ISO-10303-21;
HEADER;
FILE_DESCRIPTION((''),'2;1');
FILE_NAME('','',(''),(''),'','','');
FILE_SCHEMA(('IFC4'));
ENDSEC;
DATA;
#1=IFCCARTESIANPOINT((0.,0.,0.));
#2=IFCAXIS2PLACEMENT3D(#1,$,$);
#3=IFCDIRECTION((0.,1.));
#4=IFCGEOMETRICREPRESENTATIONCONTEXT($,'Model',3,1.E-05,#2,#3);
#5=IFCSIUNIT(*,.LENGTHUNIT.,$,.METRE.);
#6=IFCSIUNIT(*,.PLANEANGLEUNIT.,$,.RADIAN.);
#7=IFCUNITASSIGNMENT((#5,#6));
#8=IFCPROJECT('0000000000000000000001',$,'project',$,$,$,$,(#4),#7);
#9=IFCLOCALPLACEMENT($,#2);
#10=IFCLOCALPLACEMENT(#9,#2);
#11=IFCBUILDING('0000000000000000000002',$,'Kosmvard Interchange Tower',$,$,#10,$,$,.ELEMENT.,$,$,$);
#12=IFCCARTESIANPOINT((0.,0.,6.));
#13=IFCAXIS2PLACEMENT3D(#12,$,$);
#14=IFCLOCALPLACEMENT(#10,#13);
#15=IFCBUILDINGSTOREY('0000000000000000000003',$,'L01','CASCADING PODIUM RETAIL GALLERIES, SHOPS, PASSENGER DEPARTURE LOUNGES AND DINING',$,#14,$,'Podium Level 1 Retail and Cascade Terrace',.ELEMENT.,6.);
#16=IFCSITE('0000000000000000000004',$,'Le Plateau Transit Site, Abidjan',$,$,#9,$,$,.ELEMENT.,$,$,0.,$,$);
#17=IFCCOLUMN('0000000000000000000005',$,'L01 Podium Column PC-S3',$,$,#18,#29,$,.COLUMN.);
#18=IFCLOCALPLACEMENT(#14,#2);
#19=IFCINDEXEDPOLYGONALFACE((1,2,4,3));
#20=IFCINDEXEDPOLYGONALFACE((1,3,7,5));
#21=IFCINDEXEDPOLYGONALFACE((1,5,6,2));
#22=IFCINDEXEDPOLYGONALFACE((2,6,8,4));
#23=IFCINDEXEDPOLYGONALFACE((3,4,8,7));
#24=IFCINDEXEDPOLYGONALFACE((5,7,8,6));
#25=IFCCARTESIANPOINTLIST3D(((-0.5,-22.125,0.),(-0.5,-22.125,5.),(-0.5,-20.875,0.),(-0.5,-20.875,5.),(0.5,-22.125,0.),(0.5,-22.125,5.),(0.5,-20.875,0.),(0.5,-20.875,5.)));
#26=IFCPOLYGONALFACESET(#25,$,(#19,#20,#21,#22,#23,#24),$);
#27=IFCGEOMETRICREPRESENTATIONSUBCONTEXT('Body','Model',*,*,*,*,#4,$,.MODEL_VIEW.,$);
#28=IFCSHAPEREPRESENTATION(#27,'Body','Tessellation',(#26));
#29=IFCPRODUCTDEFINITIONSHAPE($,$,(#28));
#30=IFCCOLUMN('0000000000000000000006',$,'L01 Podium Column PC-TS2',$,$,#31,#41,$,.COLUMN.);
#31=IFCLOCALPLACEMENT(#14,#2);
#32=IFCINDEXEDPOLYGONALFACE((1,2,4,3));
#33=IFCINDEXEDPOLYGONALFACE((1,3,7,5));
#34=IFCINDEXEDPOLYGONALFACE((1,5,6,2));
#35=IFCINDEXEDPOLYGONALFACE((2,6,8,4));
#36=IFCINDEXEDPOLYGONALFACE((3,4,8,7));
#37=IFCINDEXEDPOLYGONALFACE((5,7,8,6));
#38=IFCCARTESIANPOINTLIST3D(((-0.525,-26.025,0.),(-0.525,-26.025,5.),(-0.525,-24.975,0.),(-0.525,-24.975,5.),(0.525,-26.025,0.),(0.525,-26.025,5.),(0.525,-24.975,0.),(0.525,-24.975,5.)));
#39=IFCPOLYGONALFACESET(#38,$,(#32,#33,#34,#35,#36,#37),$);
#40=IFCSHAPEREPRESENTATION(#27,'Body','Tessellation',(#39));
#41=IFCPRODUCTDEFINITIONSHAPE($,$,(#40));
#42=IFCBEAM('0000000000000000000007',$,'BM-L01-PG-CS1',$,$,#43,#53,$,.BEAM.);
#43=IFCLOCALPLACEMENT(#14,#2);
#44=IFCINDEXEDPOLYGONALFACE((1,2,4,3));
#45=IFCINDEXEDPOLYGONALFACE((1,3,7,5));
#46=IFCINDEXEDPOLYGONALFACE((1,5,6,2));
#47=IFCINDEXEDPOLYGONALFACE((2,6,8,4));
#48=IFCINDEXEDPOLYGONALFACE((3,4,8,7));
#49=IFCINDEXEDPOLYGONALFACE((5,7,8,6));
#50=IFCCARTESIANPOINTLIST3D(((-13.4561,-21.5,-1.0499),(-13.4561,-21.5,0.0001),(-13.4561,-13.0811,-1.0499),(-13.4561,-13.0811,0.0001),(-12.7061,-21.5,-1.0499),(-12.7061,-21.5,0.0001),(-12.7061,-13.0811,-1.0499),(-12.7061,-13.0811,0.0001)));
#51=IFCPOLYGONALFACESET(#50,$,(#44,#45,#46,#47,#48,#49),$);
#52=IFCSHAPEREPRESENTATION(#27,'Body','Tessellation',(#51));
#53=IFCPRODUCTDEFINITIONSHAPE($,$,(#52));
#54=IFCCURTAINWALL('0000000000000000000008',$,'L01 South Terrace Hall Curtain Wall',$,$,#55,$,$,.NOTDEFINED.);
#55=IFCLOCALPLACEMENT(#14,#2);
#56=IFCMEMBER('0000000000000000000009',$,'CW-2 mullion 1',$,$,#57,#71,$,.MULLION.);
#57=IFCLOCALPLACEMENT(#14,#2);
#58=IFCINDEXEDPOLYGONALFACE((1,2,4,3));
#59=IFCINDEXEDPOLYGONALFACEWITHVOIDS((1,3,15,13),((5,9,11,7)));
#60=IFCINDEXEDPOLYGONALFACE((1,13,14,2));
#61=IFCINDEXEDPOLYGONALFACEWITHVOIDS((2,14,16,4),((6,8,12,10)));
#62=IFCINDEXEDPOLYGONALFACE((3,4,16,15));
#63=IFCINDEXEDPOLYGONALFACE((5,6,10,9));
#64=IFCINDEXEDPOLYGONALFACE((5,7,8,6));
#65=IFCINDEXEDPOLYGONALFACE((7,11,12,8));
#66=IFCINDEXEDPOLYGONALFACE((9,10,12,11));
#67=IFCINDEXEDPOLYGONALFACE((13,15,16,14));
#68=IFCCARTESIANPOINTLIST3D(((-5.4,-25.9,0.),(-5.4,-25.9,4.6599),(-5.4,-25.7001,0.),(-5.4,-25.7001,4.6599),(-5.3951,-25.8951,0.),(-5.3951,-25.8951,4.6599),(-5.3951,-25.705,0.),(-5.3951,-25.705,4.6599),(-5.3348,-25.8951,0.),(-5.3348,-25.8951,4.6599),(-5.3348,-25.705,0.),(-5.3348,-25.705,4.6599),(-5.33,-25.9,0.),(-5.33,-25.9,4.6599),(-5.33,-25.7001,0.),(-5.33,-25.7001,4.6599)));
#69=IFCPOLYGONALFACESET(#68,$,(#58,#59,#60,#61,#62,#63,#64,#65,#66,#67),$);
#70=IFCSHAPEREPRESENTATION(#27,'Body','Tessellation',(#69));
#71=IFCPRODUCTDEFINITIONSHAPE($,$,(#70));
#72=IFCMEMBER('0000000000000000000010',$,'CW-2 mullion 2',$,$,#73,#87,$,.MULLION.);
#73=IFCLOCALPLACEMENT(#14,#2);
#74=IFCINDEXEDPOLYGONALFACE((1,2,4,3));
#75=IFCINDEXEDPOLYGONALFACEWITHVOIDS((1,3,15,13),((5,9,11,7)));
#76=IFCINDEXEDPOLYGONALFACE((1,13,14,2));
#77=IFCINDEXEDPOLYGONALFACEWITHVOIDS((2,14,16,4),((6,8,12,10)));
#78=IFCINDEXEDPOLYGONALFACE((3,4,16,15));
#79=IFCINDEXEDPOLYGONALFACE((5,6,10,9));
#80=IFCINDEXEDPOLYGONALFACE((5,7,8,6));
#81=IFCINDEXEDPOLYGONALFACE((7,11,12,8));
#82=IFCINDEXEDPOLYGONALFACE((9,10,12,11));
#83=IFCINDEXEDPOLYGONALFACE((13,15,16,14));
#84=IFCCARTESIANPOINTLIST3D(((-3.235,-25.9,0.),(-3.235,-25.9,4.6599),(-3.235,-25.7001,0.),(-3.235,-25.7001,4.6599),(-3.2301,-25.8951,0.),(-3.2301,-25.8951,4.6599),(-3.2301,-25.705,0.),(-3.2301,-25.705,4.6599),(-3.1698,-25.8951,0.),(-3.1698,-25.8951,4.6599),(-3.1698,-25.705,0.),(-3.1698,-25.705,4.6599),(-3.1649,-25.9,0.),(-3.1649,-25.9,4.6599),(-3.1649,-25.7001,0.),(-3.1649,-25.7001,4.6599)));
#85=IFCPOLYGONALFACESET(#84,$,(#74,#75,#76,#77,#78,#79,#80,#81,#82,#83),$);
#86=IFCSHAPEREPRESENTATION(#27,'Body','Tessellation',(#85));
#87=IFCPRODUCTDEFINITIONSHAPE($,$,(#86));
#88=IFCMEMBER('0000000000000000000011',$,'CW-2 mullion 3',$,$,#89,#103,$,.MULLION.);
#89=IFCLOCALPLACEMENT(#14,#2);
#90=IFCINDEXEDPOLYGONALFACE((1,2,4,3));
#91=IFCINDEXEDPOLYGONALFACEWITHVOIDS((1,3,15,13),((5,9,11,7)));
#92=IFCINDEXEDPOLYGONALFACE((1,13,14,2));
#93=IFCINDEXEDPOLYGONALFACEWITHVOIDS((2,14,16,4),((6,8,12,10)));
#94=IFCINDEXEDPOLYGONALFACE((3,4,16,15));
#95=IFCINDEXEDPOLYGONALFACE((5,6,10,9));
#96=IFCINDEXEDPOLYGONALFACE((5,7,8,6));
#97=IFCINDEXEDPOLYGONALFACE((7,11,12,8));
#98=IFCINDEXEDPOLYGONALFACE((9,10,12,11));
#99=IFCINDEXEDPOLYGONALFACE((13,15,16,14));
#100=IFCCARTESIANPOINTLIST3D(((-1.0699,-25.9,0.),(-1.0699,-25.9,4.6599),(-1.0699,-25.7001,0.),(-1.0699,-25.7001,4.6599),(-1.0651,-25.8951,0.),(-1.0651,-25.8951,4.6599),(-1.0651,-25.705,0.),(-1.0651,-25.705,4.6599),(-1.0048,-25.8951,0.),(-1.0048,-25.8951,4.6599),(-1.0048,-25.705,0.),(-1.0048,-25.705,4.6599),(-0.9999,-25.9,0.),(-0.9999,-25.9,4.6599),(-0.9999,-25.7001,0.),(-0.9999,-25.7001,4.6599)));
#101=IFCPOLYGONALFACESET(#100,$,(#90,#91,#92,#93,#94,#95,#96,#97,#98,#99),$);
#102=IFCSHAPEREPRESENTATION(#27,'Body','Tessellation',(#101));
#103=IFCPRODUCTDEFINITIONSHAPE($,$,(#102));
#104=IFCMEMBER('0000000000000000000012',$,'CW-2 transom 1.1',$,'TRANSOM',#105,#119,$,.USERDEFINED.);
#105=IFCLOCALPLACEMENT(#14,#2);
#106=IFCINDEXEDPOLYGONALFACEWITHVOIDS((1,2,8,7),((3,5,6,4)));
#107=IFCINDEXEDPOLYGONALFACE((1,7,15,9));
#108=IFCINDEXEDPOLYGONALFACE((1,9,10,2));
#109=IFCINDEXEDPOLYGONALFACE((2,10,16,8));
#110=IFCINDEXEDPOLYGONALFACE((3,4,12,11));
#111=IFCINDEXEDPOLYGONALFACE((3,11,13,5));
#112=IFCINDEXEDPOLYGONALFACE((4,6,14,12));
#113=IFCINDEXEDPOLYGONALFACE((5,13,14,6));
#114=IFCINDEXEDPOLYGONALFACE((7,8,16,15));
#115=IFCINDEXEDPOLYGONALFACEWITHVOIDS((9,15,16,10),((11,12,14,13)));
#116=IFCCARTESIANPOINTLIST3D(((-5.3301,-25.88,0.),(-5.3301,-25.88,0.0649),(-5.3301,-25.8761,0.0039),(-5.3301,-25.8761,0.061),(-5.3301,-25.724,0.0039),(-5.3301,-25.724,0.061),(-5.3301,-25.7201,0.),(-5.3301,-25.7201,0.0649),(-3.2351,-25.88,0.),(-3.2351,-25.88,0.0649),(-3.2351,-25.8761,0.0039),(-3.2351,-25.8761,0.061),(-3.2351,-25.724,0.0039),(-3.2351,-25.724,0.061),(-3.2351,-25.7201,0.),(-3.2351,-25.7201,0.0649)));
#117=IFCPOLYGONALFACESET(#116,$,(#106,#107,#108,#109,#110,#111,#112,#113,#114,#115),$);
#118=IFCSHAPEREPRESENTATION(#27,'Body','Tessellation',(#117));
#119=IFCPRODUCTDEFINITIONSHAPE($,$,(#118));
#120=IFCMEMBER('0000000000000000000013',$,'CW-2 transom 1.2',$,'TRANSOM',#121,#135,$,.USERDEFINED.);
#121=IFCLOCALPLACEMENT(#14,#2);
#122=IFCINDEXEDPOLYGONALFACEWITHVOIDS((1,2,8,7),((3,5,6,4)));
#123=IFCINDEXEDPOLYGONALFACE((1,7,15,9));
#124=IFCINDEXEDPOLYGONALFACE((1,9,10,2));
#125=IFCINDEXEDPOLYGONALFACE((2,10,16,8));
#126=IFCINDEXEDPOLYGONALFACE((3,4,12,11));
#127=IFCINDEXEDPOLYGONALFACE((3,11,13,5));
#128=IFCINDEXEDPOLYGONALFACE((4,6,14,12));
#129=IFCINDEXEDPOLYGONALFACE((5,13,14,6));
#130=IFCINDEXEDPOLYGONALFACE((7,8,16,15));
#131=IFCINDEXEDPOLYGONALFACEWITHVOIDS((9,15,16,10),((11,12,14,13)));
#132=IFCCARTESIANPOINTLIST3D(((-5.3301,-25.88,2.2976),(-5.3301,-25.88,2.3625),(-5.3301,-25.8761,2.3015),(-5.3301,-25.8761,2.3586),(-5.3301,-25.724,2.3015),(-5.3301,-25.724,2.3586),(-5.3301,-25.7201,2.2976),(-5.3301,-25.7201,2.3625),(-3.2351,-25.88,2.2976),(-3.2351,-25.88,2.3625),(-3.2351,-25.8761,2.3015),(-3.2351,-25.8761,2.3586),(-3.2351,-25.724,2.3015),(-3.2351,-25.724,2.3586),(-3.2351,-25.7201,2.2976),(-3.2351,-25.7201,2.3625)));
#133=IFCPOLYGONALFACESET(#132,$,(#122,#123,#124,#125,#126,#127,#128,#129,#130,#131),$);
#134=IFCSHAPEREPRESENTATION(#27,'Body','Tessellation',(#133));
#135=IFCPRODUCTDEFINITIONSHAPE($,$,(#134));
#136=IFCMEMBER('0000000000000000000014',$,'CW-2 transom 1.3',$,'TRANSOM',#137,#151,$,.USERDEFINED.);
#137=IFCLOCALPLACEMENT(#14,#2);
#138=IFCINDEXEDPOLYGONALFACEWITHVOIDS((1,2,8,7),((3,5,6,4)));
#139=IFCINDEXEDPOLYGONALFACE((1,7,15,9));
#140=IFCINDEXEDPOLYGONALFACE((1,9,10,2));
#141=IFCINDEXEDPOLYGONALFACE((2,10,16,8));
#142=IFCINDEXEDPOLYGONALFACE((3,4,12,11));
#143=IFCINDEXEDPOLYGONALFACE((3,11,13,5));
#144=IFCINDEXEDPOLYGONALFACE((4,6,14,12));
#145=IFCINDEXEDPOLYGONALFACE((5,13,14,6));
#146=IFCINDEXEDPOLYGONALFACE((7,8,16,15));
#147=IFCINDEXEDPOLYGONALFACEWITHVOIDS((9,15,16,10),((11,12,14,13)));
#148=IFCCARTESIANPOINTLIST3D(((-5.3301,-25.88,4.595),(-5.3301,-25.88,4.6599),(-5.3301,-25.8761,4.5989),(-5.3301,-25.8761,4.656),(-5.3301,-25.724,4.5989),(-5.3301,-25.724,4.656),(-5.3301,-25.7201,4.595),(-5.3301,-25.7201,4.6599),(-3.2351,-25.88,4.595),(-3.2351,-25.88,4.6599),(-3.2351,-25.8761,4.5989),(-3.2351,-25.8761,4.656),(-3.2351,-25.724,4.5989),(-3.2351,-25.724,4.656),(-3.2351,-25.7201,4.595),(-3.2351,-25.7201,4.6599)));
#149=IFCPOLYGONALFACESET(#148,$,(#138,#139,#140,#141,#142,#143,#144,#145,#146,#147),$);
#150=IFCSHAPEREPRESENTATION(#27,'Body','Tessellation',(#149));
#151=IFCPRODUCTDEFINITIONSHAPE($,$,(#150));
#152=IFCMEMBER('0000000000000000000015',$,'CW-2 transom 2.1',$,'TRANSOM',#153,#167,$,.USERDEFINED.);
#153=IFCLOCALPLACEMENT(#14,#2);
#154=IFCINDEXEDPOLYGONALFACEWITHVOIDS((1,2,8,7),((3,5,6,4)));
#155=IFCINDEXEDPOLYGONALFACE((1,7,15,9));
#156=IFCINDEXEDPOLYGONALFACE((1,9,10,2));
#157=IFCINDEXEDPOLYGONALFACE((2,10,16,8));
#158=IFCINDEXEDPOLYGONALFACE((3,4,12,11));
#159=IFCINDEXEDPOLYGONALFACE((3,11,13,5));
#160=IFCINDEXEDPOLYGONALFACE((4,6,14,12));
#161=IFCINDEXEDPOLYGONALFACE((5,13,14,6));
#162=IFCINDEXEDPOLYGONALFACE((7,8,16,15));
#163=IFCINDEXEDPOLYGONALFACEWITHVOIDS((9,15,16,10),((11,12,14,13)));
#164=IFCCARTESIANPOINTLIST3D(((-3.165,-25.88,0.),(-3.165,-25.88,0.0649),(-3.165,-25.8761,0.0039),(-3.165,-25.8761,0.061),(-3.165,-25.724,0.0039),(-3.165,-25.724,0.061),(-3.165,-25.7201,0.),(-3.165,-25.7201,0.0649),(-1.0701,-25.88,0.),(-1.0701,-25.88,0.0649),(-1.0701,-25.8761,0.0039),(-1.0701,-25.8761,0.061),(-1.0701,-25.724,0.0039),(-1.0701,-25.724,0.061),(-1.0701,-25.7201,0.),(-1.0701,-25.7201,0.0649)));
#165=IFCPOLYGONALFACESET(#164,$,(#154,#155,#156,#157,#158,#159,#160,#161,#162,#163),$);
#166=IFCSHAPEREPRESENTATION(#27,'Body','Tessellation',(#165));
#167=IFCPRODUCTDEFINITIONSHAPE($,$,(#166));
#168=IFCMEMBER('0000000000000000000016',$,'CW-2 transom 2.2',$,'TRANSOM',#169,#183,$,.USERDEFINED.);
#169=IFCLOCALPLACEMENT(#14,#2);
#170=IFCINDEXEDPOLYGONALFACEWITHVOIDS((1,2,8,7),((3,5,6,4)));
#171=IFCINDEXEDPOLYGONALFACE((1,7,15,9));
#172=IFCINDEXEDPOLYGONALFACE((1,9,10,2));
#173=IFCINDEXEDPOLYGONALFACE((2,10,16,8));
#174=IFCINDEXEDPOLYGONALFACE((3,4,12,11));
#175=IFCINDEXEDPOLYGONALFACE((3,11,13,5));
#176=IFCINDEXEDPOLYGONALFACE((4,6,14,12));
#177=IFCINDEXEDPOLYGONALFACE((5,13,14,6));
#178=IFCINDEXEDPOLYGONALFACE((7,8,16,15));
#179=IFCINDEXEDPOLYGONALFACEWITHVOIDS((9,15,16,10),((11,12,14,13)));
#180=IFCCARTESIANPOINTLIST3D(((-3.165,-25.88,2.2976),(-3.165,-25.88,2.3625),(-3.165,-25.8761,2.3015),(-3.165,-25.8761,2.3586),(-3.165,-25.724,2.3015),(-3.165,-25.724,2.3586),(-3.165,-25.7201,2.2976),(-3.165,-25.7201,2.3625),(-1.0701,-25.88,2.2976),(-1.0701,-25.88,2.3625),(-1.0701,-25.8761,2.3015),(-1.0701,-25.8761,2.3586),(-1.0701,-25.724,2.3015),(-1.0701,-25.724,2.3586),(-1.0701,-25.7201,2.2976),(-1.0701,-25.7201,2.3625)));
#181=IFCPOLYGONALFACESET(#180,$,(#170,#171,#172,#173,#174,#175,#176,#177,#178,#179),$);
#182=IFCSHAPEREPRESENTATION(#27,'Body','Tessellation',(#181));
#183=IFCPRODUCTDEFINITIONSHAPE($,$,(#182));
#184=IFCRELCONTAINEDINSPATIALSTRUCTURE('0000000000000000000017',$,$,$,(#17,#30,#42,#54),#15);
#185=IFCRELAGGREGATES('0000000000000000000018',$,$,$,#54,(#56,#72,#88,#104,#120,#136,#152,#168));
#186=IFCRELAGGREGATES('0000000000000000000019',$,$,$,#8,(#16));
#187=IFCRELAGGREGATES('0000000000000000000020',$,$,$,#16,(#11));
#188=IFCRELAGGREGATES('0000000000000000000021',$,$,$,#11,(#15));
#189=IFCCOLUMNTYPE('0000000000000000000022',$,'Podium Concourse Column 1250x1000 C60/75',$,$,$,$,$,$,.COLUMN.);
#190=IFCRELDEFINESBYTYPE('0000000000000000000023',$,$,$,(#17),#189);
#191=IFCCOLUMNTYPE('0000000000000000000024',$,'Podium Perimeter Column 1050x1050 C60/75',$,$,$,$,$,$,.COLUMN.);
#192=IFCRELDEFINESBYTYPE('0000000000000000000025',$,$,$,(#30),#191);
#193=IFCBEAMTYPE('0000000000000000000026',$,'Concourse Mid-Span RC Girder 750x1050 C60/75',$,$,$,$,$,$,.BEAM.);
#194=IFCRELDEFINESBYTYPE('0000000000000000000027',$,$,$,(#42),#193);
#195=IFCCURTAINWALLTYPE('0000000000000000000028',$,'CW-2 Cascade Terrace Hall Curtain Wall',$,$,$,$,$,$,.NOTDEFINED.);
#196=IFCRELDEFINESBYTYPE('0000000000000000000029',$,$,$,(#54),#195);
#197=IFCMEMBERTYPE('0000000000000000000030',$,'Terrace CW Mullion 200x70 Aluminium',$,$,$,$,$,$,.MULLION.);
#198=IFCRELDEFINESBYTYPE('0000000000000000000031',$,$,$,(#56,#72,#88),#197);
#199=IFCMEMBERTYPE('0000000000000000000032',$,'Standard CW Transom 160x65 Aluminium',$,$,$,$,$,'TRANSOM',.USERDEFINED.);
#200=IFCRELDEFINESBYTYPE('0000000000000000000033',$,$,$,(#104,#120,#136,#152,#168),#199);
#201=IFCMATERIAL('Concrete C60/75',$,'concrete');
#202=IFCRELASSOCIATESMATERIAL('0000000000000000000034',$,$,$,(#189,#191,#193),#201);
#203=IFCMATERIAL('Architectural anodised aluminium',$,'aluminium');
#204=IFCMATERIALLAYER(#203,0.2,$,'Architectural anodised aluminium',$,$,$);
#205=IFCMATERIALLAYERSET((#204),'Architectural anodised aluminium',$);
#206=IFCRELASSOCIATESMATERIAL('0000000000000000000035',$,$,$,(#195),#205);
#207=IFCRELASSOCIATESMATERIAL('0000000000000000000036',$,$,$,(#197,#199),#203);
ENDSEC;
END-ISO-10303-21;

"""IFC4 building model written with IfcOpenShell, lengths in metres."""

from ifc_helpers import new_model, si_unit, direction, frame, origin, origin_2d, place, context, subcontext, project, spatial, rectangle, hollow_rectangle, extrude, source, transform, mapped, material, layer, layer_set, material_profile, profile_set, type_object, element, aggregate, save


model = new_model("IFC4")

# Units and contexts
model_context = context("Model", 3, precision=1e-05, world=origin(), true_north=direction((0.0, 1.0)))
body_context = subcontext(model_context, "Body", "Model", "MODEL_VIEW")
ifc_project = project(units=[si_unit("LENGTHUNIT", "METRE"), si_unit("PLANEANGLEUNIT", "RADIAN")], contexts=[model_context])

# Site, building, storey
site_placement = place(None, origin())
site = spatial("IfcSite", under=ifc_project, at=site_placement, Name="Le Plateau Transit Site, Abidjan", CompositionType="ELEMENT", RefElevation=0.0)
building_placement = place(site_placement, origin())
building = spatial("IfcBuilding", under=site, at=building_placement, Name="Kosmvard Interchange Tower", CompositionType="ELEMENT")
storey_placement = place(building_placement, frame((0.0, 0.0, 6.0)))
storey = spatial("IfcBuildingStorey", under=building, at=storey_placement, Name="L01", Description="CASCADING PODIUM RETAIL GALLERIES, SHOPS, PASSENGER DEPARTURE LOUNGES AND DINING", LongName="Podium Level 1 Retail and Cascade Terrace", CompositionType="ELEMENT", Elevation=6.0)

# Columns
ifc_material_1 = material(Name="Concrete C60/75", Category="concrete")
ifc_material_profile_1 = material_profile(ifc_material_1, rectangle(XDim=1.0, YDim=1.25, at=origin_2d()), Name="PC 1250x1000")
ifc_profile_set_1 = profile_set([ifc_material_profile_1], Name="Concrete C60/75")
column_type_1 = type_object("IfcColumnType", Name="Podium Concourse Column 1250x1000 C60/75", PredefinedType="COLUMN", material=ifc_profile_set_1)
shared_shape_1 = source(origin(), body_context, "Body", "SweptSolid", [
    extrude(rectangle(XDim=1.0, YDim=1.25, at=origin_2d()), origin(), (0.0, 0.0, 1.0), 5.0),
])
column_1_placement = place(storey_placement, frame((0.0, -21.5, 0.0), z_axis=(0.0, 0.0, 1.0), x_axis=(1.0, 0.0, 0.0)))
element("IfcColumn", 1, at=column_1_placement, inside=storey, type_object=column_type_1, Name="L01 Podium Column PC-S3", PredefinedType="COLUMN", context=body_context, shape_type="MappedRepresentation", body=[
    mapped(shared_shape_1, transform((0.0, 0.0, 0.0), scale=1.0)),
])
ifc_material_profile_2 = material_profile(ifc_material_1, rectangle(XDim=1.05, YDim=1.05, at=origin_2d()), Name="PC 1050x1050")
ifc_profile_set_2 = profile_set([ifc_material_profile_2], Name="Concrete C60/75")
column_type_2 = type_object("IfcColumnType", Name="Podium Perimeter Column 1050x1050 C60/75", PredefinedType="COLUMN", material=ifc_profile_set_2)
shared_shape_2 = source(origin(), body_context, "Body", "SweptSolid", [
    extrude(rectangle(XDim=1.05, YDim=1.05, at=origin_2d()), origin(), (0.0, 0.0, 1.0), 5.0),
])
column_2_placement = place(storey_placement, frame((0.0, -25.5, 0.0), z_axis=(0.0, 0.0, 1.0), x_axis=(1.0, 0.0, 0.0)))
element("IfcColumn", 2, at=column_2_placement, inside=storey, type_object=column_type_2, Name="L01 Podium Column PC-TS2", PredefinedType="COLUMN", context=body_context, shape_type="MappedRepresentation", body=[
    mapped(shared_shape_2, transform((0.0, 0.0, 0.0), scale=1.0)),
])

# Beam
ifc_material_profile_3 = material_profile(ifc_material_1, rectangle(XDim=0.75, YDim=1.05, at=origin_2d()), Name="RCG 750x1050")
ifc_profile_set_3 = profile_set([ifc_material_profile_3], Name="Concrete C60/75")
beam_type = type_object("IfcBeamType", Name="Concourse Mid-Span RC Girder 750x1050 C60/75", PredefinedType="BEAM", material=ifc_profile_set_3)
shared_shape_3 = source(origin(), body_context, "Body", "SweptSolid", [
    extrude(rectangle(XDim=0.75, YDim=1.05, at=origin_2d()), origin(), (0.0, 0.0, 1.0), 8.4189),
])
beam_placement = place(storey_placement, frame((-13.0811, -21.5, -0.5249), z_axis=(0.0, 1.0, 0.0), x_axis=(-1.0, 0.0, 0.0)))
element("IfcBeam", 3, at=beam_placement, inside=storey, type_object=beam_type, Name="BM-L01-PG-CS1", PredefinedType="BEAM", context=body_context, shape_type="MappedRepresentation", body=[
    mapped(shared_shape_3, transform((0.0, 0.0, 0.0), scale=1.0)),
])

# Curtain wall, members
ifc_material_2 = material(Name="Architectural anodised aluminium", Category="aluminium")
ifc_layer_1 = layer(ifc_material_2, 0.2, Name="Architectural anodised aluminium")
ifc_layer_set_1 = layer_set([ifc_layer_1], Name="Architectural anodised aluminium")
curtain_wall_type = type_object("IfcCurtainWallType", Name="CW-2 Cascade Terrace Hall Curtain Wall", PredefinedType="NOTDEFINED", material=ifc_layer_set_1)
curtain_wall_placement = place(storey_placement, origin())
curtain_wall = element("IfcCurtainWall", 4, at=curtain_wall_placement, inside=storey, type_object=curtain_wall_type, Name="L01 South Terrace Hall Curtain Wall", PredefinedType="NOTDEFINED")
ifc_material_profile_4 = material_profile(ifc_material_2, hollow_rectangle(XDim=0.2, YDim=0.0701, WallThickness=0.0049, at=origin_2d()), Name="CWM 200x70x5")
ifc_profile_set_4 = profile_set([ifc_material_profile_4], Name="Architectural anodised aluminium")
member_type_1 = type_object("IfcMemberType", Name="Terrace CW Mullion 200x70 Aluminium", PredefinedType="MULLION", material=ifc_profile_set_4)
shared_shape_4 = source(origin(), body_context, "Body", "SweptSolid", [
    extrude(hollow_rectangle(XDim=0.2, YDim=0.0701, WallThickness=0.0049, at=origin_2d()), origin(), (0.0, 0.0, 1.0), 4.6599),
])
member_1_placement = place(storey_placement, frame((-5.365, -25.8, 0.0), z_axis=(0.0, 0.0, 1.0), x_axis=(0.0, 1.0, 0.0)))
member_1 = element("IfcMember", 5, at=member_1_placement, type_object=member_type_1, Name="CW-2 mullion 1", PredefinedType="MULLION", context=body_context, shape_type="MappedRepresentation", body=[
    mapped(shared_shape_4, transform((0.0, 0.0, 0.0), scale=1.0)),
])
member_2_placement = place(storey_placement, frame((-3.2, -25.8, 0.0), z_axis=(0.0, 0.0, 1.0), x_axis=(0.0, 1.0, 0.0)))
member_2 = element("IfcMember", 6, at=member_2_placement, type_object=member_type_1, Name="CW-2 mullion 2", PredefinedType="MULLION", context=body_context, shape_type="MappedRepresentation", body=[
    mapped(shared_shape_4, transform((0.0, 0.0, 0.0), scale=1.0)),
])
member_3_placement = place(storey_placement, frame((-1.0349, -25.8, 0.0), z_axis=(0.0, 0.0, 1.0), x_axis=(0.0, 1.0, 0.0)))
member_3 = element("IfcMember", 7, at=member_3_placement, type_object=member_type_1, Name="CW-2 mullion 3", PredefinedType="MULLION", context=body_context, shape_type="MappedRepresentation", body=[
    mapped(shared_shape_4, transform((0.0, 0.0, 0.0), scale=1.0)),
])
ifc_material_profile_5 = material_profile(ifc_material_2, hollow_rectangle(XDim=0.1599, YDim=0.0649, WallThickness=0.0039, at=origin_2d()), Name="CWT 160x65x4")
ifc_profile_set_5 = profile_set([ifc_material_profile_5], Name="Architectural anodised aluminium")
member_type_2 = type_object("IfcMemberType", Name="Standard CW Transom 160x65 Aluminium", ElementType="TRANSOM", PredefinedType="USERDEFINED", material=ifc_profile_set_5)
shared_shape_5 = source(origin(), body_context, "Body", "SweptSolid", [
    extrude(hollow_rectangle(XDim=0.1599, YDim=0.0649, WallThickness=0.0039, at=origin_2d()), origin(), (0.0, 0.0, 1.0), 2.095),
])
member_4_placement = place(storey_placement, frame((-5.3301, -25.8, 0.0325), z_axis=(1.0, 0.0, 0.0), x_axis=(0.0, 1.0, 0.0)))
member_4 = element("IfcMember", 8, at=member_4_placement, type_object=member_type_2, Name="CW-2 transom 1.1", ObjectType="TRANSOM", PredefinedType="USERDEFINED", context=body_context, shape_type="MappedRepresentation", body=[
    mapped(shared_shape_5, transform((0.0, 0.0, 0.0), scale=1.0)),
])
member_5_placement = place(storey_placement, frame((-5.3301, -25.8, 2.3301), z_axis=(1.0, 0.0, 0.0), x_axis=(0.0, 1.0, 0.0)))
member_5 = element("IfcMember", 9, at=member_5_placement, type_object=member_type_2, Name="CW-2 transom 1.2", ObjectType="TRANSOM", PredefinedType="USERDEFINED", context=body_context, shape_type="MappedRepresentation", body=[
    mapped(shared_shape_5, transform((0.0, 0.0, 0.0), scale=1.0)),
])
member_6_placement = place(storey_placement, frame((-5.3301, -25.8, 4.6274), z_axis=(1.0, 0.0, 0.0), x_axis=(0.0, 1.0, 0.0)))
member_6 = element("IfcMember", 10, at=member_6_placement, type_object=member_type_2, Name="CW-2 transom 1.3", ObjectType="TRANSOM", PredefinedType="USERDEFINED", context=body_context, shape_type="MappedRepresentation", body=[
    mapped(shared_shape_5, transform((0.0, 0.0, 0.0), scale=1.0)),
])
member_7_placement = place(storey_placement, frame((-3.165, -25.8, 0.0325), z_axis=(1.0, 0.0, 0.0), x_axis=(0.0, 1.0, 0.0)))
member_7 = element("IfcMember", 11, at=member_7_placement, type_object=member_type_2, Name="CW-2 transom 2.1", ObjectType="TRANSOM", PredefinedType="USERDEFINED", context=body_context, shape_type="MappedRepresentation", body=[
    mapped(shared_shape_5, transform((0.0, 0.0, 0.0), scale=1.0)),
])
member_8_placement = place(storey_placement, frame((-3.165, -25.8, 2.3301), z_axis=(1.0, 0.0, 0.0), x_axis=(0.0, 1.0, 0.0)))
member_8 = element("IfcMember", 12, at=member_8_placement, type_object=member_type_2, Name="CW-2 transom 2.2", ObjectType="TRANSOM", PredefinedType="USERDEFINED", context=body_context, shape_type="MappedRepresentation", body=[
    mapped(shared_shape_5, transform((0.0, 0.0, 0.0), scale=1.0)),
])
aggregate(curtain_wall, [member_1, member_2, member_3, member_4, member_5, member_6, member_7, member_8])

save(model, "model.ifc")
